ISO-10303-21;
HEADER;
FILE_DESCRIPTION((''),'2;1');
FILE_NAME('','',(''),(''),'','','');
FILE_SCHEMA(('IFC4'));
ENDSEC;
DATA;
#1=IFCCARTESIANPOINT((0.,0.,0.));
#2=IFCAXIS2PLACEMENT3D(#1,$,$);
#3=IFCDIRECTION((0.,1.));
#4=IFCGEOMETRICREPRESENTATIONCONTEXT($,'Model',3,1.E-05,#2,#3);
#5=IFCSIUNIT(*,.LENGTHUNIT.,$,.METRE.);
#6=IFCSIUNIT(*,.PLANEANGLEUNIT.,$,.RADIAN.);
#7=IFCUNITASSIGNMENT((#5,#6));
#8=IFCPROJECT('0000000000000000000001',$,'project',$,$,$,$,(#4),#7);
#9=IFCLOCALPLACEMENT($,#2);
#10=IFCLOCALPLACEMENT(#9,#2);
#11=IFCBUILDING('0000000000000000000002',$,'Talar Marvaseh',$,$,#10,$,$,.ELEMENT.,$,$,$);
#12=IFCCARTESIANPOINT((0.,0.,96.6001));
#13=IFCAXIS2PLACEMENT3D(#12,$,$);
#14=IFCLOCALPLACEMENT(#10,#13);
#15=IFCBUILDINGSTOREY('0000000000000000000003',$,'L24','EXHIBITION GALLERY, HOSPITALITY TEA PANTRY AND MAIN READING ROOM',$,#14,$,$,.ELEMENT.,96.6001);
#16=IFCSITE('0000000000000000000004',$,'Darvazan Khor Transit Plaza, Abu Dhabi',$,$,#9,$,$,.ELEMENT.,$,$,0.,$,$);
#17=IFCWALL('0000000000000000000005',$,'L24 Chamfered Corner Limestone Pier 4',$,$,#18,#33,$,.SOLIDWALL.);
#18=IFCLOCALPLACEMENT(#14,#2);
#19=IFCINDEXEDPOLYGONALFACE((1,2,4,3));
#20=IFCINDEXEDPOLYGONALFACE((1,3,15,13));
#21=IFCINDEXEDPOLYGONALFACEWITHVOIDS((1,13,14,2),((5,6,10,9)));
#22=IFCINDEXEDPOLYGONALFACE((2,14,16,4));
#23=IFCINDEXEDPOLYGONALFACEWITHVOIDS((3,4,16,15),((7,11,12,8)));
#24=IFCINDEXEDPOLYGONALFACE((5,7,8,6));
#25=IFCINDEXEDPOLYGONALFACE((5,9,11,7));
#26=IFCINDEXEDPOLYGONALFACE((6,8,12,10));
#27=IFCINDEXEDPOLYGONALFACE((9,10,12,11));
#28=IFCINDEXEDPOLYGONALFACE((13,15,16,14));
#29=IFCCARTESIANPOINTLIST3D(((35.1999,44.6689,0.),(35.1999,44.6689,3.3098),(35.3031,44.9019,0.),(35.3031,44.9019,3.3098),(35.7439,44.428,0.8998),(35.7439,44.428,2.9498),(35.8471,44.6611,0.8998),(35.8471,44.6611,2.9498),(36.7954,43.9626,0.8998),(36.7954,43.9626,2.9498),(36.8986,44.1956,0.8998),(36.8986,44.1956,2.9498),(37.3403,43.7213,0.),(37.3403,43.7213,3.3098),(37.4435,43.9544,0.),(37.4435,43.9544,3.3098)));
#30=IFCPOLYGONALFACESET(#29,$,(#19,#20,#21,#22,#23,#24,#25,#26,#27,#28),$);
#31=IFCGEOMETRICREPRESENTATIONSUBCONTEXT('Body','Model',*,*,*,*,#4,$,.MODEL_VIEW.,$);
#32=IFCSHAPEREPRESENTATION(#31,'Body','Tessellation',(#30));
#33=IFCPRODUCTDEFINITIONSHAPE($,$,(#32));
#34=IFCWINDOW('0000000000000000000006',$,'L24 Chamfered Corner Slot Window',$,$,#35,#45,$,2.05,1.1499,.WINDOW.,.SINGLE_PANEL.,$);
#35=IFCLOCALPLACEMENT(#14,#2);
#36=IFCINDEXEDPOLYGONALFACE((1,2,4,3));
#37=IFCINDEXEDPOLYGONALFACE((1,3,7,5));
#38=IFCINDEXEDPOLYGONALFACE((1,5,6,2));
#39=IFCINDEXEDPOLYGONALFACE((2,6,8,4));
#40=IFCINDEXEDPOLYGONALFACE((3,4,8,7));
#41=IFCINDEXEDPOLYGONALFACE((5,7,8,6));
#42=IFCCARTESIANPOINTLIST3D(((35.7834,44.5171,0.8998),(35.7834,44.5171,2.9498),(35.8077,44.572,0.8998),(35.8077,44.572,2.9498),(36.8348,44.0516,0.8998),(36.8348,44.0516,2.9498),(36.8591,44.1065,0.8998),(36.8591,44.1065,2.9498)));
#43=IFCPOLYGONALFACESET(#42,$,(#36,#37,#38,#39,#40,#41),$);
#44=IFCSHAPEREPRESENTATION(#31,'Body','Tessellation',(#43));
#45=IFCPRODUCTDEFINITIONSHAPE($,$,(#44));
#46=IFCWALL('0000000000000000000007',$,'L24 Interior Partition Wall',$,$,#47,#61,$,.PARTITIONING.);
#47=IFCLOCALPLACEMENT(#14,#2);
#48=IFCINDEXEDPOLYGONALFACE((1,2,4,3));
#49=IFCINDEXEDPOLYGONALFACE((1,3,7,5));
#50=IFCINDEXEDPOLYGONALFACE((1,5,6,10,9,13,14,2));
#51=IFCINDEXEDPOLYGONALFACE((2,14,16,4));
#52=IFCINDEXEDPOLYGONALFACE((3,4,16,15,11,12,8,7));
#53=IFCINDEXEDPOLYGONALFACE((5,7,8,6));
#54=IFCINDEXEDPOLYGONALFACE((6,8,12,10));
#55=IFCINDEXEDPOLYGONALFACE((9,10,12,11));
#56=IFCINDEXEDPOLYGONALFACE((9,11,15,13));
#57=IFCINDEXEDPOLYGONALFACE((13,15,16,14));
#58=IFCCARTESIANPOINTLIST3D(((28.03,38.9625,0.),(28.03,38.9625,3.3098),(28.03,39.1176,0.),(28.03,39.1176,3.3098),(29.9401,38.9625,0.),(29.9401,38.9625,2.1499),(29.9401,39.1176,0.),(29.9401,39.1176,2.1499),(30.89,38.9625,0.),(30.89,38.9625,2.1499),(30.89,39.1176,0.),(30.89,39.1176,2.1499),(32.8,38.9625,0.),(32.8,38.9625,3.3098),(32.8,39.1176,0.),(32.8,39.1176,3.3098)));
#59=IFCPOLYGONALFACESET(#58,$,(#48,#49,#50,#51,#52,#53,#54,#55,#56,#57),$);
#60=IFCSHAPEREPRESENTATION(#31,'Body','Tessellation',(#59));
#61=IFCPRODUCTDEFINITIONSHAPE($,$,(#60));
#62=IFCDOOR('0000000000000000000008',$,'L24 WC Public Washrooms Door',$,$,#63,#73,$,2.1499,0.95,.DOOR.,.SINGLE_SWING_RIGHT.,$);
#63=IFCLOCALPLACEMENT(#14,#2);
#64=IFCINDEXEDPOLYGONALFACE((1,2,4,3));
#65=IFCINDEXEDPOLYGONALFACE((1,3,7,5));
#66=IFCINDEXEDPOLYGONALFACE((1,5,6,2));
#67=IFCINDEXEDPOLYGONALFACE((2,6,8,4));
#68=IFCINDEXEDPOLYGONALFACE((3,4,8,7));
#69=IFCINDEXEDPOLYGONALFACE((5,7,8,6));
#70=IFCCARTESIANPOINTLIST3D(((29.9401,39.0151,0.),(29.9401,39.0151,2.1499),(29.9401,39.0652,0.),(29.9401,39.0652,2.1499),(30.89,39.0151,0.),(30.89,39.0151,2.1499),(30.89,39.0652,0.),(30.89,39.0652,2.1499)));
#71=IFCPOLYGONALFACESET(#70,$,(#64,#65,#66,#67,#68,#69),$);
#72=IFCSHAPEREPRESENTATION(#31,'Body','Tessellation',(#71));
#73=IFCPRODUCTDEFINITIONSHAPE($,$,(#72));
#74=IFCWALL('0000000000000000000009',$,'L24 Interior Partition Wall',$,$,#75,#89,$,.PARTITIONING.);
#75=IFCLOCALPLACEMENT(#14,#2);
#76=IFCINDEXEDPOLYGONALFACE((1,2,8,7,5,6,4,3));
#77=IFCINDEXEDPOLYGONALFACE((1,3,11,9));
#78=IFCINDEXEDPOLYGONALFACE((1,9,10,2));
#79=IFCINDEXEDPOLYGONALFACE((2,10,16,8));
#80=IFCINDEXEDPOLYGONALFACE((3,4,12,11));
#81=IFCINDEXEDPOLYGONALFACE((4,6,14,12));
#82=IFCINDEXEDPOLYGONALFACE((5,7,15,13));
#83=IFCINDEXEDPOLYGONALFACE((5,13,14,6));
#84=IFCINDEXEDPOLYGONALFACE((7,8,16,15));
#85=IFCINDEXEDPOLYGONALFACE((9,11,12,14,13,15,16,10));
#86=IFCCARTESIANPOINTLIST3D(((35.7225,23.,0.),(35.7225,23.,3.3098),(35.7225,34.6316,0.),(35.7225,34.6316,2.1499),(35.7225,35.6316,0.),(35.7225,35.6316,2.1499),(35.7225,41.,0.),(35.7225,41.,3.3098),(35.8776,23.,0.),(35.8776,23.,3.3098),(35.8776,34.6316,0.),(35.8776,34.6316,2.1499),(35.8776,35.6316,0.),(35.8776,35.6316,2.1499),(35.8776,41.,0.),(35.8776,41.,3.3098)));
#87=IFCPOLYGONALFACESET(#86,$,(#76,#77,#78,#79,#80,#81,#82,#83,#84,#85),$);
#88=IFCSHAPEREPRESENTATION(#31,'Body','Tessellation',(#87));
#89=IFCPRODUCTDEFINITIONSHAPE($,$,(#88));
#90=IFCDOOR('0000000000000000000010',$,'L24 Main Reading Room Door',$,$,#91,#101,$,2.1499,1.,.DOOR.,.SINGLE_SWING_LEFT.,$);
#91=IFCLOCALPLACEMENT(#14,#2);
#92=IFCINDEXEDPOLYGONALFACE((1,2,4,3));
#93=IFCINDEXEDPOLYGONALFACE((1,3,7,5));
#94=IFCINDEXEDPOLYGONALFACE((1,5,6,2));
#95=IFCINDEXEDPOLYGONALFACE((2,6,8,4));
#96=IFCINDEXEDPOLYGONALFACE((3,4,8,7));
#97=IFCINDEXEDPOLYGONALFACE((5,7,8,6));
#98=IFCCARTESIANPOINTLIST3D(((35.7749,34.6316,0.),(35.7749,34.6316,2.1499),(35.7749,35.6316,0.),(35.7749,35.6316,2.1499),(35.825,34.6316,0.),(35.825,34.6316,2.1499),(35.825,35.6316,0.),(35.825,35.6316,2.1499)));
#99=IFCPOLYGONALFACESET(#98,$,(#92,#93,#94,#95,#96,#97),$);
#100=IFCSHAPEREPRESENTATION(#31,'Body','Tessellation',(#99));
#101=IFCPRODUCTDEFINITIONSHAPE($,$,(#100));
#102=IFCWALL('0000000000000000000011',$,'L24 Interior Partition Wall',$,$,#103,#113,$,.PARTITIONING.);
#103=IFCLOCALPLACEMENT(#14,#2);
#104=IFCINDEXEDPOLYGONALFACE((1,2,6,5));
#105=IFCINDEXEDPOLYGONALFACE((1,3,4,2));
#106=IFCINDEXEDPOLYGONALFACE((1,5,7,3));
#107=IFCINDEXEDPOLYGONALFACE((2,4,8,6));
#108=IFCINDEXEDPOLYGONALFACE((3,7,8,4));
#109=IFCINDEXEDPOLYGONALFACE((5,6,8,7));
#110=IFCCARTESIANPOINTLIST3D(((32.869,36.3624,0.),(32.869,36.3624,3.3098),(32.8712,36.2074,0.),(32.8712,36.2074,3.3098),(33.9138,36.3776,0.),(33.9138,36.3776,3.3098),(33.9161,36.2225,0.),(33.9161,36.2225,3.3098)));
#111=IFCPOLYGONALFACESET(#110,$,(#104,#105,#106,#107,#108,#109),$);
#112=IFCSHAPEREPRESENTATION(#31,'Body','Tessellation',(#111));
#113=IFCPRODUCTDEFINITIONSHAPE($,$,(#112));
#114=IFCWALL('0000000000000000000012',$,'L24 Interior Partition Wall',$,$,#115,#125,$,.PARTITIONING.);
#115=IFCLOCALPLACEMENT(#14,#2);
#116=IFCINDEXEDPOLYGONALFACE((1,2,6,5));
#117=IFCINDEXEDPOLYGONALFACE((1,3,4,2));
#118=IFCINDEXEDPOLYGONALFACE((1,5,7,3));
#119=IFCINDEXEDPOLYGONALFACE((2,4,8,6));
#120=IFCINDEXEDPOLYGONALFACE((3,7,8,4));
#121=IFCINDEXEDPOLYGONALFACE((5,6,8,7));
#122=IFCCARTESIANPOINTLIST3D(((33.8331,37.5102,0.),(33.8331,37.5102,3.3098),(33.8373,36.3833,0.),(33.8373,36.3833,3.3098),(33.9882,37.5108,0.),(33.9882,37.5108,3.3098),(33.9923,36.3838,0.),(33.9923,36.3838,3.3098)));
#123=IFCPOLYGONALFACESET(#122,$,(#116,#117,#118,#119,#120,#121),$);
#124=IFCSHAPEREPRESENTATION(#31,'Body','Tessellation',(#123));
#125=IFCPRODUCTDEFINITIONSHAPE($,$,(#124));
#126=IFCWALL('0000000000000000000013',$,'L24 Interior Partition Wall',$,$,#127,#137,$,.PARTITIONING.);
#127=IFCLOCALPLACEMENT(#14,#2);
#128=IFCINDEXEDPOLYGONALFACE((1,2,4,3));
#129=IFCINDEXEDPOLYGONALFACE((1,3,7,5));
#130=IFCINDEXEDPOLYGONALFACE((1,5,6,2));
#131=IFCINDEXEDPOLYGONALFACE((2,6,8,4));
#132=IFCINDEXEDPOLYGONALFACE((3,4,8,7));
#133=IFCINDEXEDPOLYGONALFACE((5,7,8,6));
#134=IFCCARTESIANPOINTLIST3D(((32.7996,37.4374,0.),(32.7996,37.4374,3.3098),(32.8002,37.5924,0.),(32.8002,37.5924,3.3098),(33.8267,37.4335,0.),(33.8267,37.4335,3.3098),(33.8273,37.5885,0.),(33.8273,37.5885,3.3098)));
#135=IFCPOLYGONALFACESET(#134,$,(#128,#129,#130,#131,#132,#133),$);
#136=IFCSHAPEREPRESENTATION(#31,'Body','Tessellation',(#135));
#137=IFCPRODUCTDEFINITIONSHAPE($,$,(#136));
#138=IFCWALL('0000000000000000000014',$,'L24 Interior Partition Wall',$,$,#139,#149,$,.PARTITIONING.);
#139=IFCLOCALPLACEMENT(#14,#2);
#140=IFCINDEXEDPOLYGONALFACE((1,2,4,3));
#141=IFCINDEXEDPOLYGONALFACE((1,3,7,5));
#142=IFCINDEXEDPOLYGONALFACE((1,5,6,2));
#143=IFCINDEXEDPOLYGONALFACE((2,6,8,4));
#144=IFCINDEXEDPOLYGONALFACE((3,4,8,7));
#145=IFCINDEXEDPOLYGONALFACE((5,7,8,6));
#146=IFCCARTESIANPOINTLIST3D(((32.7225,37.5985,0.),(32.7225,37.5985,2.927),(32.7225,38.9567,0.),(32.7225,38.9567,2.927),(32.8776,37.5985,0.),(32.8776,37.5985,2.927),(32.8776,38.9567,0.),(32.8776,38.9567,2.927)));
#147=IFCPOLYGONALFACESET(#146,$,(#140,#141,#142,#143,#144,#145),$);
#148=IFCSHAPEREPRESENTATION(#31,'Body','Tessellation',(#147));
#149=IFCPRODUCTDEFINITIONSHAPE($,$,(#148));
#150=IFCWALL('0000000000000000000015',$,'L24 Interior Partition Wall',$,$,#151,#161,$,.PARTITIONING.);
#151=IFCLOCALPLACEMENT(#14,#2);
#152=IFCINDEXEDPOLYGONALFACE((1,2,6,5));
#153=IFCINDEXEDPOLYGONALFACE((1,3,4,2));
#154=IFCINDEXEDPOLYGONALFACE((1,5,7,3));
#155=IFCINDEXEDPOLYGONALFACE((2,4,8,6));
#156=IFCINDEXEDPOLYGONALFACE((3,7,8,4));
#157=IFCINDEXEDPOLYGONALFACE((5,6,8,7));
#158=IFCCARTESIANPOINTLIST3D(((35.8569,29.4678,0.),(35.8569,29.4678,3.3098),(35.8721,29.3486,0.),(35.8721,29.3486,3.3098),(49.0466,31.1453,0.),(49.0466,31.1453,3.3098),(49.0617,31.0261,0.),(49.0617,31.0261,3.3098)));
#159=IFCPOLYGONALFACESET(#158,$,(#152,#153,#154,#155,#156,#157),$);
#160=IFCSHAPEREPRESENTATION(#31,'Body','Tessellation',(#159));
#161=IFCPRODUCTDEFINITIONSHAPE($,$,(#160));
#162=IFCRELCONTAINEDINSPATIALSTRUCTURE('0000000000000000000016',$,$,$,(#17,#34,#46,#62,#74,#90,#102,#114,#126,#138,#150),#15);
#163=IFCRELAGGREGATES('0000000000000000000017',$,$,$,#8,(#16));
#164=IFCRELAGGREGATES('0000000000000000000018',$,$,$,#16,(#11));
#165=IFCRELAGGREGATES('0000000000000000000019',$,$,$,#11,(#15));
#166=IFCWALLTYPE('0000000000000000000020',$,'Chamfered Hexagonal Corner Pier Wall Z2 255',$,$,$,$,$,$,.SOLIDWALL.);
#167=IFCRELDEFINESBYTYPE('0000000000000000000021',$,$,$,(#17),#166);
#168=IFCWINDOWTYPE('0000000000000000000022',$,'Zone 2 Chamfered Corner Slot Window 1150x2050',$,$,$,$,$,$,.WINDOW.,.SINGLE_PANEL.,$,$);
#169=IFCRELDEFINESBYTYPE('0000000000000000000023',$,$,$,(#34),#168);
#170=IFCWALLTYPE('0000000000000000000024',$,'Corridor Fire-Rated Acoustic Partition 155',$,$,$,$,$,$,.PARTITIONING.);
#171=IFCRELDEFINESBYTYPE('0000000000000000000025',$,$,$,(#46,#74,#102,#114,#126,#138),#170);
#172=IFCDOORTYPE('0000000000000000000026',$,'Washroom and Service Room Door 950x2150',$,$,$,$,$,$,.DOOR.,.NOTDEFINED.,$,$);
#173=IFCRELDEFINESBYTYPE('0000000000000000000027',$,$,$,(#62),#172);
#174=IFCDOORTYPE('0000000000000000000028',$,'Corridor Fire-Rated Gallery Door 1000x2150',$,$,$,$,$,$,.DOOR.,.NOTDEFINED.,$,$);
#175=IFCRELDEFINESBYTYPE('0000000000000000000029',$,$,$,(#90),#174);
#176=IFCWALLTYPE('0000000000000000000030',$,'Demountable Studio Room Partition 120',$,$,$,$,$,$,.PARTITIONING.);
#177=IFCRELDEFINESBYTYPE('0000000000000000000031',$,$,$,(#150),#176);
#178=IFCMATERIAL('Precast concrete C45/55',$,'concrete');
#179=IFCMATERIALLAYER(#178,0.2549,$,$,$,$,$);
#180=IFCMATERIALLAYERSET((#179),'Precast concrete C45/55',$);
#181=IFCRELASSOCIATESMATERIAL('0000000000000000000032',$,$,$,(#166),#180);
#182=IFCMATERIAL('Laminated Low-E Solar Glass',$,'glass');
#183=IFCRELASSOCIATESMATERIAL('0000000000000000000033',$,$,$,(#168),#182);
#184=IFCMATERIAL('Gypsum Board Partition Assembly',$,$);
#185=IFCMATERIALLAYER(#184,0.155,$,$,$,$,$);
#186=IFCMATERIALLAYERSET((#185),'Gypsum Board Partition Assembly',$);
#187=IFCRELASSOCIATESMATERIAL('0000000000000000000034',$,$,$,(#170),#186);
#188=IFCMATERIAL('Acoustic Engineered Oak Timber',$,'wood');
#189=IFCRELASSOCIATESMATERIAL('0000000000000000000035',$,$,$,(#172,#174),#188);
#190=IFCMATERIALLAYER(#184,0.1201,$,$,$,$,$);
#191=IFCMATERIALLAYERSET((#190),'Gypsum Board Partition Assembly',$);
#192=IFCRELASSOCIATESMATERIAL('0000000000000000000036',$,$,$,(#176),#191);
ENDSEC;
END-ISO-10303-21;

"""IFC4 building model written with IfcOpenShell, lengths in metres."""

from ifc_helpers import new_model, si_unit, direction, frame, frame_2d, origin, place, context, subcontext, project, spatial, rectangle, extrude, source, transform, mapped, material, layer, layer_set, type_object, type_shapes, element, fill, save


model = new_model("IFC4")

# Units and contexts
model_context = context("Model", 3, precision=1e-05, world=origin(), true_north=direction((0.0, 1.0)))
body_context = subcontext(model_context, "Body", "Model", "MODEL_VIEW")
ifc_project = project(units=[si_unit("LENGTHUNIT", "METRE"), si_unit("PLANEANGLEUNIT", "RADIAN")], contexts=[model_context])

# Site, building, storey
site_placement = place(None, origin())
site = spatial("IfcSite", under=ifc_project, at=site_placement, Name="Darvazan Khor Transit Plaza, Abu Dhabi", CompositionType="ELEMENT", RefElevation=0.0)
building_placement = place(site_placement, origin())
building = spatial("IfcBuilding", under=site, at=building_placement, Name="Talar Marvaseh", CompositionType="ELEMENT")
storey_placement = place(building_placement, frame((0.0, 0.0, 96.6001)))
storey = spatial("IfcBuildingStorey", under=building, at=storey_placement, Name="L24", Description="EXHIBITION GALLERY, HOSPITALITY TEA PANTRY AND MAIN READING ROOM", CompositionType="ELEMENT", Elevation=96.6001)

# Shared definitions
ifc_material_1 = material(Name="Laminated Low-E Solar Glass", Category="glass")

# Wall, opening, window
ifc_material_2 = material(Name="Precast concrete C45/55", Category="concrete")
ifc_layer_1 = layer(ifc_material_2, 0.2549)
ifc_layer_set_1 = layer_set([ifc_layer_1], Name="Precast concrete C45/55")
wall_type_1 = type_object("IfcWallType", Name="Chamfered Hexagonal Corner Pier Wall Z2 255", PredefinedType="SOLIDWALL", material=ifc_layer_set_1)
wall_1_placement = place(storey_placement, frame((35.2515, 44.7854, 0.0), z_axis=(0.0, 0.0, 1.0), x_axis=(0.914408, -0.404793, 0.0)))
wall_1 = element("IfcWall", 1, at=wall_1_placement, inside=storey, type_object=wall_type_1, Name="L24 Chamfered Corner Limestone Pier 4", PredefinedType="SOLIDWALL", context=body_context, shape_type="SweptSolid", body=[
    extrude(rectangle(XDim=2.3408, YDim=0.2549, at=frame_2d((1.1704, 0.0))), origin(), (0.0, 0.0, 1.0), 3.3098),
])
opening_1_placement = place(wall_1_placement, frame((0.595, 0.0, 0.8999)))
opening_1 = element("IfcOpeningElement", 2, at=opening_1_placement, cuts=wall_1, PredefinedType="OPENING", context=body_context, shape_type="SweptSolid", body=[
    extrude(rectangle(XDim=1.1499, YDim=2.05, at=frame_2d((0.575, 1.0249))), frame((0.0, 0.1375, 0.0), z_axis=(0.0, -1.0, 0.0), x_axis=(1.0, 0.0, 0.0)), (0.0, 0.0, 1.0), 0.2749),
])
window_type = type_object("IfcWindowType", Name="Zone 2 Chamfered Corner Slot Window 1150x2050", PartitioningType="SINGLE_PANEL", PredefinedType="WINDOW", material=ifc_material_1)
shared_shape_1 = source(origin(), body_context, "Body", "SweptSolid", [
    extrude(rectangle(XDim=1.1499, YDim=2.05, at=frame_2d((0.575, 1.0249))), frame((0.0, 0.03, 0.0), z_axis=(0.0, -1.0, 0.0), x_axis=(1.0, 0.0, 0.0)), (0.0, 0.0, 1.0), 0.0601),
])
type_shapes(window_type, [shared_shape_1])
window_placement = place(opening_1_placement, origin())
window = element("IfcWindow", 3, at=window_placement, inside=storey, type_object=window_type, Name="L24 Chamfered Corner Slot Window", OverallHeight=2.05, OverallWidth=1.1499, PartitioningType="SINGLE_PANEL", PredefinedType="WINDOW", context=body_context, shape_type="MappedRepresentation", body=[
    mapped(shared_shape_1, transform((0.0, 0.0, 0.0), x_axis=(1.0, 0.0, 0.0), y_axis=(0.0, 1.0, 0.0), z_axis=(0.0, 0.0, 1.0), scale=1.0)),
])
fill(opening_1, window)

# Walls, openings, doors
ifc_material_3 = material(Name="Gypsum Board Partition Assembly")
ifc_layer_2 = layer(ifc_material_3, 0.155)
ifc_layer_set_2 = layer_set([ifc_layer_2], Name="Gypsum Board Partition Assembly")
wall_type_2 = type_object("IfcWallType", Name="Corridor Fire-Rated Acoustic Partition 155", PredefinedType="PARTITIONING", material=ifc_layer_set_2)
wall_2_placement = place(storey_placement, frame((32.8, 39.04, 0.0), z_axis=(0.0, 0.0, 1.0), x_axis=(-1.0, 0.0, 0.0)))
wall_2 = element("IfcWall", 4, at=wall_2_placement, inside=storey, type_object=wall_type_2, Name="L24 Interior Partition Wall", PredefinedType="PARTITIONING", context=body_context, shape_type="SweptSolid", body=[
    extrude(rectangle(XDim=4.77, YDim=0.155, at=frame_2d((2.385, 0.0))), origin(), (0.0, 0.0, 1.0), 3.3098),
])
opening_2_placement = place(wall_2_placement, frame((1.9099, 0.0, 0.0)))
opening_2 = element("IfcOpeningElement", 5, at=opening_2_placement, cuts=wall_2, PredefinedType="OPENING", context=body_context, shape_type="SweptSolid", body=[
    extrude(rectangle(XDim=0.95, YDim=2.1499, at=frame_2d((0.4751, 1.075))), frame((0.0, 0.0874, 0.0), z_axis=(0.0, -1.0, 0.0), x_axis=(1.0, 0.0, 0.0)), (0.0, 0.0, 1.0), 0.175),
])
ifc_material_4 = material(Name="Acoustic Engineered Oak Timber", Category="wood")
door_type_1 = type_object("IfcDoorType", Name="Washroom and Service Room Door 950x2150", OperationType="NOTDEFINED", PredefinedType="DOOR", material=ifc_material_4)
shared_shape_2 = source(origin(), body_context, "Body", "SweptSolid", [
    extrude(rectangle(XDim=0.95, YDim=2.1499, at=frame_2d((0.4751, 1.075))), frame((0.0, 0.0249, 0.0), z_axis=(0.0, -1.0, 0.0), x_axis=(1.0, 0.0, 0.0)), (0.0, 0.0, 1.0), 0.05),
])
type_shapes(door_type_1, [shared_shape_2])
door_1_placement = place(opening_2_placement, origin())
door_1 = element("IfcDoor", 6, at=door_1_placement, inside=storey, type_object=door_type_1, Name="L24 WC Public Washrooms Door", OperationType="SINGLE_SWING_RIGHT", OverallHeight=2.1499, OverallWidth=0.95, PredefinedType="DOOR", context=body_context, shape_type="MappedRepresentation", body=[
    mapped(shared_shape_2, transform((0.0, 0.0, 0.0), x_axis=(1.0, 0.0, 0.0), y_axis=(0.0, 1.0, 0.0), z_axis=(0.0, 0.0, 1.0), scale=1.0)),
])
fill(opening_2, door_1)
wall_3_placement = place(storey_placement, frame((35.8, 41.0, 0.0), z_axis=(0.0, 0.0, 1.0), x_axis=(0.0, -1.0, 0.0)))
wall_3 = element("IfcWall", 7, at=wall_3_placement, inside=storey, type_object=wall_type_2, Name="L24 Interior Partition Wall", PredefinedType="PARTITIONING", context=body_context, shape_type="SweptSolid", body=[
    extrude(rectangle(XDim=18.0, YDim=0.155, at=frame_2d((9.0, 0.0))), origin(), (0.0, 0.0, 1.0), 3.3098),
])
opening_3_placement = place(wall_3_placement, frame((5.3684, 0.0, 0.0)))
opening_3 = element("IfcOpeningElement", 8, at=opening_3_placement, cuts=wall_3, PredefinedType="OPENING", context=body_context, shape_type="SweptSolid", body=[
    extrude(rectangle(XDim=1.0, YDim=2.1499, at=frame_2d((0.5, 1.075))), frame((0.0, 0.0874, 0.0), z_axis=(0.0, -1.0, 0.0), x_axis=(1.0, 0.0, 0.0)), (0.0, 0.0, 1.0), 0.175),
])
door_type_2 = type_object("IfcDoorType", Name="Corridor Fire-Rated Gallery Door 1000x2150", OperationType="NOTDEFINED", PredefinedType="DOOR", material=ifc_material_4)
shared_shape_3 = source(origin(), body_context, "Body", "SweptSolid", [
    extrude(rectangle(XDim=1.0, YDim=2.1499, at=frame_2d((0.5, 1.075))), frame((0.0, 0.0249, 0.0), z_axis=(0.0, -1.0, 0.0), x_axis=(1.0, 0.0, 0.0)), (0.0, 0.0, 1.0), 0.05),
])
type_shapes(door_type_2, [shared_shape_3])
door_2_placement = place(opening_3_placement, origin())
door_2 = element("IfcDoor", 9, at=door_2_placement, inside=storey, type_object=door_type_2, Name="L24 Main Reading Room Door", OperationType="SINGLE_SWING_LEFT", OverallHeight=2.1499, OverallWidth=1.0, PredefinedType="DOOR", context=body_context, shape_type="MappedRepresentation", body=[
    mapped(shared_shape_3, transform((0.0, 0.0, 0.0), x_axis=(1.0, 0.0, 0.0), y_axis=(0.0, 1.0, 0.0), z_axis=(0.0, 0.0, 1.0), scale=1.0)),
])
fill(opening_3, door_2)

# Walls
wall_4_placement = place(storey_placement, frame((32.8701, 36.2849, 0.0), z_axis=(0.0, 0.0, 1.0), x_axis=(0.999895, 0.014484, 0.0)))
element("IfcWall", 10, at=wall_4_placement, inside=storey, type_object=wall_type_2, Name="L24 Interior Partition Wall", PredefinedType="PARTITIONING", context=body_context, shape_type="SweptSolid", body=[
    extrude(rectangle(XDim=1.0449, YDim=0.155, at=frame_2d((0.5225, 0.0))), origin(), (0.0, 0.0, 1.0), 3.3098),
])
wall_5_placement = place(storey_placement, frame((33.9148, 36.3835, 0.0), z_axis=(0.0, 0.0, 1.0), x_axis=(-0.003683, 0.999993, 0.0)))
element("IfcWall", 11, at=wall_5_placement, inside=storey, type_object=wall_type_2, Name="L24 Interior Partition Wall", PredefinedType="PARTITIONING", context=body_context, shape_type="SweptSolid", body=[
    extrude(rectangle(XDim=1.127, YDim=0.155, at=frame_2d((0.5635, 0.0))), origin(), (0.0, 0.0, 1.0), 3.3098),
])
wall_6_placement = place(storey_placement, frame((33.8271, 37.511, 0.0), z_axis=(0.0, 0.0, 1.0), x_axis=(-0.999993, 0.003803, 0.0)))
element("IfcWall", 12, at=wall_6_placement, inside=storey, type_object=wall_type_2, Name="L24 Interior Partition Wall", PredefinedType="PARTITIONING", context=body_context, shape_type="SweptSolid", body=[
    extrude(rectangle(XDim=1.0271, YDim=0.155, at=frame_2d((0.5137, 0.0))), origin(), (0.0, 0.0, 1.0), 3.3098),
])
wall_7_placement = place(storey_placement, frame((32.8, 37.5984, 0.0), z_axis=(0.0, 0.0, 1.0), x_axis=(0.0, 1.0, 0.0)))
element("IfcWall", 13, at=wall_7_placement, inside=storey, type_object=wall_type_2, Name="L24 Interior Partition Wall", PredefinedType="PARTITIONING", context=body_context, shape_type="SweptSolid", body=[
    extrude(rectangle(XDim=1.3582, YDim=0.155, at=frame_2d((0.6792, 0.0))), origin(), (0.0, 0.0, 1.0), 2.927),
])
ifc_layer_3 = layer(ifc_material_3, 0.1201)
ifc_layer_set_3 = layer_set([ifc_layer_3], Name="Gypsum Board Partition Assembly")
wall_type_3 = type_object("IfcWallType", Name="Demountable Studio Room Partition 120", PredefinedType="PARTITIONING", material=ifc_layer_set_3)
wall_8_placement = place(storey_placement, frame((35.8645, 29.4082, 0.0), z_axis=(0.0, 0.0, 1.0), x_axis=(0.992009, 0.126166, 0.0)))
element("IfcWall", 14, at=wall_8_placement, inside=storey, type_object=wall_type_3, Name="L24 Interior Partition Wall", PredefinedType="PARTITIONING", context=body_context, shape_type="SweptSolid", body=[
    extrude(rectangle(XDim=13.2959, YDim=0.1201, at=frame_2d((6.6479, 0.0))), origin(), (0.0, 0.0, 1.0), 3.3098),
])

save(model, "model.ifc")
